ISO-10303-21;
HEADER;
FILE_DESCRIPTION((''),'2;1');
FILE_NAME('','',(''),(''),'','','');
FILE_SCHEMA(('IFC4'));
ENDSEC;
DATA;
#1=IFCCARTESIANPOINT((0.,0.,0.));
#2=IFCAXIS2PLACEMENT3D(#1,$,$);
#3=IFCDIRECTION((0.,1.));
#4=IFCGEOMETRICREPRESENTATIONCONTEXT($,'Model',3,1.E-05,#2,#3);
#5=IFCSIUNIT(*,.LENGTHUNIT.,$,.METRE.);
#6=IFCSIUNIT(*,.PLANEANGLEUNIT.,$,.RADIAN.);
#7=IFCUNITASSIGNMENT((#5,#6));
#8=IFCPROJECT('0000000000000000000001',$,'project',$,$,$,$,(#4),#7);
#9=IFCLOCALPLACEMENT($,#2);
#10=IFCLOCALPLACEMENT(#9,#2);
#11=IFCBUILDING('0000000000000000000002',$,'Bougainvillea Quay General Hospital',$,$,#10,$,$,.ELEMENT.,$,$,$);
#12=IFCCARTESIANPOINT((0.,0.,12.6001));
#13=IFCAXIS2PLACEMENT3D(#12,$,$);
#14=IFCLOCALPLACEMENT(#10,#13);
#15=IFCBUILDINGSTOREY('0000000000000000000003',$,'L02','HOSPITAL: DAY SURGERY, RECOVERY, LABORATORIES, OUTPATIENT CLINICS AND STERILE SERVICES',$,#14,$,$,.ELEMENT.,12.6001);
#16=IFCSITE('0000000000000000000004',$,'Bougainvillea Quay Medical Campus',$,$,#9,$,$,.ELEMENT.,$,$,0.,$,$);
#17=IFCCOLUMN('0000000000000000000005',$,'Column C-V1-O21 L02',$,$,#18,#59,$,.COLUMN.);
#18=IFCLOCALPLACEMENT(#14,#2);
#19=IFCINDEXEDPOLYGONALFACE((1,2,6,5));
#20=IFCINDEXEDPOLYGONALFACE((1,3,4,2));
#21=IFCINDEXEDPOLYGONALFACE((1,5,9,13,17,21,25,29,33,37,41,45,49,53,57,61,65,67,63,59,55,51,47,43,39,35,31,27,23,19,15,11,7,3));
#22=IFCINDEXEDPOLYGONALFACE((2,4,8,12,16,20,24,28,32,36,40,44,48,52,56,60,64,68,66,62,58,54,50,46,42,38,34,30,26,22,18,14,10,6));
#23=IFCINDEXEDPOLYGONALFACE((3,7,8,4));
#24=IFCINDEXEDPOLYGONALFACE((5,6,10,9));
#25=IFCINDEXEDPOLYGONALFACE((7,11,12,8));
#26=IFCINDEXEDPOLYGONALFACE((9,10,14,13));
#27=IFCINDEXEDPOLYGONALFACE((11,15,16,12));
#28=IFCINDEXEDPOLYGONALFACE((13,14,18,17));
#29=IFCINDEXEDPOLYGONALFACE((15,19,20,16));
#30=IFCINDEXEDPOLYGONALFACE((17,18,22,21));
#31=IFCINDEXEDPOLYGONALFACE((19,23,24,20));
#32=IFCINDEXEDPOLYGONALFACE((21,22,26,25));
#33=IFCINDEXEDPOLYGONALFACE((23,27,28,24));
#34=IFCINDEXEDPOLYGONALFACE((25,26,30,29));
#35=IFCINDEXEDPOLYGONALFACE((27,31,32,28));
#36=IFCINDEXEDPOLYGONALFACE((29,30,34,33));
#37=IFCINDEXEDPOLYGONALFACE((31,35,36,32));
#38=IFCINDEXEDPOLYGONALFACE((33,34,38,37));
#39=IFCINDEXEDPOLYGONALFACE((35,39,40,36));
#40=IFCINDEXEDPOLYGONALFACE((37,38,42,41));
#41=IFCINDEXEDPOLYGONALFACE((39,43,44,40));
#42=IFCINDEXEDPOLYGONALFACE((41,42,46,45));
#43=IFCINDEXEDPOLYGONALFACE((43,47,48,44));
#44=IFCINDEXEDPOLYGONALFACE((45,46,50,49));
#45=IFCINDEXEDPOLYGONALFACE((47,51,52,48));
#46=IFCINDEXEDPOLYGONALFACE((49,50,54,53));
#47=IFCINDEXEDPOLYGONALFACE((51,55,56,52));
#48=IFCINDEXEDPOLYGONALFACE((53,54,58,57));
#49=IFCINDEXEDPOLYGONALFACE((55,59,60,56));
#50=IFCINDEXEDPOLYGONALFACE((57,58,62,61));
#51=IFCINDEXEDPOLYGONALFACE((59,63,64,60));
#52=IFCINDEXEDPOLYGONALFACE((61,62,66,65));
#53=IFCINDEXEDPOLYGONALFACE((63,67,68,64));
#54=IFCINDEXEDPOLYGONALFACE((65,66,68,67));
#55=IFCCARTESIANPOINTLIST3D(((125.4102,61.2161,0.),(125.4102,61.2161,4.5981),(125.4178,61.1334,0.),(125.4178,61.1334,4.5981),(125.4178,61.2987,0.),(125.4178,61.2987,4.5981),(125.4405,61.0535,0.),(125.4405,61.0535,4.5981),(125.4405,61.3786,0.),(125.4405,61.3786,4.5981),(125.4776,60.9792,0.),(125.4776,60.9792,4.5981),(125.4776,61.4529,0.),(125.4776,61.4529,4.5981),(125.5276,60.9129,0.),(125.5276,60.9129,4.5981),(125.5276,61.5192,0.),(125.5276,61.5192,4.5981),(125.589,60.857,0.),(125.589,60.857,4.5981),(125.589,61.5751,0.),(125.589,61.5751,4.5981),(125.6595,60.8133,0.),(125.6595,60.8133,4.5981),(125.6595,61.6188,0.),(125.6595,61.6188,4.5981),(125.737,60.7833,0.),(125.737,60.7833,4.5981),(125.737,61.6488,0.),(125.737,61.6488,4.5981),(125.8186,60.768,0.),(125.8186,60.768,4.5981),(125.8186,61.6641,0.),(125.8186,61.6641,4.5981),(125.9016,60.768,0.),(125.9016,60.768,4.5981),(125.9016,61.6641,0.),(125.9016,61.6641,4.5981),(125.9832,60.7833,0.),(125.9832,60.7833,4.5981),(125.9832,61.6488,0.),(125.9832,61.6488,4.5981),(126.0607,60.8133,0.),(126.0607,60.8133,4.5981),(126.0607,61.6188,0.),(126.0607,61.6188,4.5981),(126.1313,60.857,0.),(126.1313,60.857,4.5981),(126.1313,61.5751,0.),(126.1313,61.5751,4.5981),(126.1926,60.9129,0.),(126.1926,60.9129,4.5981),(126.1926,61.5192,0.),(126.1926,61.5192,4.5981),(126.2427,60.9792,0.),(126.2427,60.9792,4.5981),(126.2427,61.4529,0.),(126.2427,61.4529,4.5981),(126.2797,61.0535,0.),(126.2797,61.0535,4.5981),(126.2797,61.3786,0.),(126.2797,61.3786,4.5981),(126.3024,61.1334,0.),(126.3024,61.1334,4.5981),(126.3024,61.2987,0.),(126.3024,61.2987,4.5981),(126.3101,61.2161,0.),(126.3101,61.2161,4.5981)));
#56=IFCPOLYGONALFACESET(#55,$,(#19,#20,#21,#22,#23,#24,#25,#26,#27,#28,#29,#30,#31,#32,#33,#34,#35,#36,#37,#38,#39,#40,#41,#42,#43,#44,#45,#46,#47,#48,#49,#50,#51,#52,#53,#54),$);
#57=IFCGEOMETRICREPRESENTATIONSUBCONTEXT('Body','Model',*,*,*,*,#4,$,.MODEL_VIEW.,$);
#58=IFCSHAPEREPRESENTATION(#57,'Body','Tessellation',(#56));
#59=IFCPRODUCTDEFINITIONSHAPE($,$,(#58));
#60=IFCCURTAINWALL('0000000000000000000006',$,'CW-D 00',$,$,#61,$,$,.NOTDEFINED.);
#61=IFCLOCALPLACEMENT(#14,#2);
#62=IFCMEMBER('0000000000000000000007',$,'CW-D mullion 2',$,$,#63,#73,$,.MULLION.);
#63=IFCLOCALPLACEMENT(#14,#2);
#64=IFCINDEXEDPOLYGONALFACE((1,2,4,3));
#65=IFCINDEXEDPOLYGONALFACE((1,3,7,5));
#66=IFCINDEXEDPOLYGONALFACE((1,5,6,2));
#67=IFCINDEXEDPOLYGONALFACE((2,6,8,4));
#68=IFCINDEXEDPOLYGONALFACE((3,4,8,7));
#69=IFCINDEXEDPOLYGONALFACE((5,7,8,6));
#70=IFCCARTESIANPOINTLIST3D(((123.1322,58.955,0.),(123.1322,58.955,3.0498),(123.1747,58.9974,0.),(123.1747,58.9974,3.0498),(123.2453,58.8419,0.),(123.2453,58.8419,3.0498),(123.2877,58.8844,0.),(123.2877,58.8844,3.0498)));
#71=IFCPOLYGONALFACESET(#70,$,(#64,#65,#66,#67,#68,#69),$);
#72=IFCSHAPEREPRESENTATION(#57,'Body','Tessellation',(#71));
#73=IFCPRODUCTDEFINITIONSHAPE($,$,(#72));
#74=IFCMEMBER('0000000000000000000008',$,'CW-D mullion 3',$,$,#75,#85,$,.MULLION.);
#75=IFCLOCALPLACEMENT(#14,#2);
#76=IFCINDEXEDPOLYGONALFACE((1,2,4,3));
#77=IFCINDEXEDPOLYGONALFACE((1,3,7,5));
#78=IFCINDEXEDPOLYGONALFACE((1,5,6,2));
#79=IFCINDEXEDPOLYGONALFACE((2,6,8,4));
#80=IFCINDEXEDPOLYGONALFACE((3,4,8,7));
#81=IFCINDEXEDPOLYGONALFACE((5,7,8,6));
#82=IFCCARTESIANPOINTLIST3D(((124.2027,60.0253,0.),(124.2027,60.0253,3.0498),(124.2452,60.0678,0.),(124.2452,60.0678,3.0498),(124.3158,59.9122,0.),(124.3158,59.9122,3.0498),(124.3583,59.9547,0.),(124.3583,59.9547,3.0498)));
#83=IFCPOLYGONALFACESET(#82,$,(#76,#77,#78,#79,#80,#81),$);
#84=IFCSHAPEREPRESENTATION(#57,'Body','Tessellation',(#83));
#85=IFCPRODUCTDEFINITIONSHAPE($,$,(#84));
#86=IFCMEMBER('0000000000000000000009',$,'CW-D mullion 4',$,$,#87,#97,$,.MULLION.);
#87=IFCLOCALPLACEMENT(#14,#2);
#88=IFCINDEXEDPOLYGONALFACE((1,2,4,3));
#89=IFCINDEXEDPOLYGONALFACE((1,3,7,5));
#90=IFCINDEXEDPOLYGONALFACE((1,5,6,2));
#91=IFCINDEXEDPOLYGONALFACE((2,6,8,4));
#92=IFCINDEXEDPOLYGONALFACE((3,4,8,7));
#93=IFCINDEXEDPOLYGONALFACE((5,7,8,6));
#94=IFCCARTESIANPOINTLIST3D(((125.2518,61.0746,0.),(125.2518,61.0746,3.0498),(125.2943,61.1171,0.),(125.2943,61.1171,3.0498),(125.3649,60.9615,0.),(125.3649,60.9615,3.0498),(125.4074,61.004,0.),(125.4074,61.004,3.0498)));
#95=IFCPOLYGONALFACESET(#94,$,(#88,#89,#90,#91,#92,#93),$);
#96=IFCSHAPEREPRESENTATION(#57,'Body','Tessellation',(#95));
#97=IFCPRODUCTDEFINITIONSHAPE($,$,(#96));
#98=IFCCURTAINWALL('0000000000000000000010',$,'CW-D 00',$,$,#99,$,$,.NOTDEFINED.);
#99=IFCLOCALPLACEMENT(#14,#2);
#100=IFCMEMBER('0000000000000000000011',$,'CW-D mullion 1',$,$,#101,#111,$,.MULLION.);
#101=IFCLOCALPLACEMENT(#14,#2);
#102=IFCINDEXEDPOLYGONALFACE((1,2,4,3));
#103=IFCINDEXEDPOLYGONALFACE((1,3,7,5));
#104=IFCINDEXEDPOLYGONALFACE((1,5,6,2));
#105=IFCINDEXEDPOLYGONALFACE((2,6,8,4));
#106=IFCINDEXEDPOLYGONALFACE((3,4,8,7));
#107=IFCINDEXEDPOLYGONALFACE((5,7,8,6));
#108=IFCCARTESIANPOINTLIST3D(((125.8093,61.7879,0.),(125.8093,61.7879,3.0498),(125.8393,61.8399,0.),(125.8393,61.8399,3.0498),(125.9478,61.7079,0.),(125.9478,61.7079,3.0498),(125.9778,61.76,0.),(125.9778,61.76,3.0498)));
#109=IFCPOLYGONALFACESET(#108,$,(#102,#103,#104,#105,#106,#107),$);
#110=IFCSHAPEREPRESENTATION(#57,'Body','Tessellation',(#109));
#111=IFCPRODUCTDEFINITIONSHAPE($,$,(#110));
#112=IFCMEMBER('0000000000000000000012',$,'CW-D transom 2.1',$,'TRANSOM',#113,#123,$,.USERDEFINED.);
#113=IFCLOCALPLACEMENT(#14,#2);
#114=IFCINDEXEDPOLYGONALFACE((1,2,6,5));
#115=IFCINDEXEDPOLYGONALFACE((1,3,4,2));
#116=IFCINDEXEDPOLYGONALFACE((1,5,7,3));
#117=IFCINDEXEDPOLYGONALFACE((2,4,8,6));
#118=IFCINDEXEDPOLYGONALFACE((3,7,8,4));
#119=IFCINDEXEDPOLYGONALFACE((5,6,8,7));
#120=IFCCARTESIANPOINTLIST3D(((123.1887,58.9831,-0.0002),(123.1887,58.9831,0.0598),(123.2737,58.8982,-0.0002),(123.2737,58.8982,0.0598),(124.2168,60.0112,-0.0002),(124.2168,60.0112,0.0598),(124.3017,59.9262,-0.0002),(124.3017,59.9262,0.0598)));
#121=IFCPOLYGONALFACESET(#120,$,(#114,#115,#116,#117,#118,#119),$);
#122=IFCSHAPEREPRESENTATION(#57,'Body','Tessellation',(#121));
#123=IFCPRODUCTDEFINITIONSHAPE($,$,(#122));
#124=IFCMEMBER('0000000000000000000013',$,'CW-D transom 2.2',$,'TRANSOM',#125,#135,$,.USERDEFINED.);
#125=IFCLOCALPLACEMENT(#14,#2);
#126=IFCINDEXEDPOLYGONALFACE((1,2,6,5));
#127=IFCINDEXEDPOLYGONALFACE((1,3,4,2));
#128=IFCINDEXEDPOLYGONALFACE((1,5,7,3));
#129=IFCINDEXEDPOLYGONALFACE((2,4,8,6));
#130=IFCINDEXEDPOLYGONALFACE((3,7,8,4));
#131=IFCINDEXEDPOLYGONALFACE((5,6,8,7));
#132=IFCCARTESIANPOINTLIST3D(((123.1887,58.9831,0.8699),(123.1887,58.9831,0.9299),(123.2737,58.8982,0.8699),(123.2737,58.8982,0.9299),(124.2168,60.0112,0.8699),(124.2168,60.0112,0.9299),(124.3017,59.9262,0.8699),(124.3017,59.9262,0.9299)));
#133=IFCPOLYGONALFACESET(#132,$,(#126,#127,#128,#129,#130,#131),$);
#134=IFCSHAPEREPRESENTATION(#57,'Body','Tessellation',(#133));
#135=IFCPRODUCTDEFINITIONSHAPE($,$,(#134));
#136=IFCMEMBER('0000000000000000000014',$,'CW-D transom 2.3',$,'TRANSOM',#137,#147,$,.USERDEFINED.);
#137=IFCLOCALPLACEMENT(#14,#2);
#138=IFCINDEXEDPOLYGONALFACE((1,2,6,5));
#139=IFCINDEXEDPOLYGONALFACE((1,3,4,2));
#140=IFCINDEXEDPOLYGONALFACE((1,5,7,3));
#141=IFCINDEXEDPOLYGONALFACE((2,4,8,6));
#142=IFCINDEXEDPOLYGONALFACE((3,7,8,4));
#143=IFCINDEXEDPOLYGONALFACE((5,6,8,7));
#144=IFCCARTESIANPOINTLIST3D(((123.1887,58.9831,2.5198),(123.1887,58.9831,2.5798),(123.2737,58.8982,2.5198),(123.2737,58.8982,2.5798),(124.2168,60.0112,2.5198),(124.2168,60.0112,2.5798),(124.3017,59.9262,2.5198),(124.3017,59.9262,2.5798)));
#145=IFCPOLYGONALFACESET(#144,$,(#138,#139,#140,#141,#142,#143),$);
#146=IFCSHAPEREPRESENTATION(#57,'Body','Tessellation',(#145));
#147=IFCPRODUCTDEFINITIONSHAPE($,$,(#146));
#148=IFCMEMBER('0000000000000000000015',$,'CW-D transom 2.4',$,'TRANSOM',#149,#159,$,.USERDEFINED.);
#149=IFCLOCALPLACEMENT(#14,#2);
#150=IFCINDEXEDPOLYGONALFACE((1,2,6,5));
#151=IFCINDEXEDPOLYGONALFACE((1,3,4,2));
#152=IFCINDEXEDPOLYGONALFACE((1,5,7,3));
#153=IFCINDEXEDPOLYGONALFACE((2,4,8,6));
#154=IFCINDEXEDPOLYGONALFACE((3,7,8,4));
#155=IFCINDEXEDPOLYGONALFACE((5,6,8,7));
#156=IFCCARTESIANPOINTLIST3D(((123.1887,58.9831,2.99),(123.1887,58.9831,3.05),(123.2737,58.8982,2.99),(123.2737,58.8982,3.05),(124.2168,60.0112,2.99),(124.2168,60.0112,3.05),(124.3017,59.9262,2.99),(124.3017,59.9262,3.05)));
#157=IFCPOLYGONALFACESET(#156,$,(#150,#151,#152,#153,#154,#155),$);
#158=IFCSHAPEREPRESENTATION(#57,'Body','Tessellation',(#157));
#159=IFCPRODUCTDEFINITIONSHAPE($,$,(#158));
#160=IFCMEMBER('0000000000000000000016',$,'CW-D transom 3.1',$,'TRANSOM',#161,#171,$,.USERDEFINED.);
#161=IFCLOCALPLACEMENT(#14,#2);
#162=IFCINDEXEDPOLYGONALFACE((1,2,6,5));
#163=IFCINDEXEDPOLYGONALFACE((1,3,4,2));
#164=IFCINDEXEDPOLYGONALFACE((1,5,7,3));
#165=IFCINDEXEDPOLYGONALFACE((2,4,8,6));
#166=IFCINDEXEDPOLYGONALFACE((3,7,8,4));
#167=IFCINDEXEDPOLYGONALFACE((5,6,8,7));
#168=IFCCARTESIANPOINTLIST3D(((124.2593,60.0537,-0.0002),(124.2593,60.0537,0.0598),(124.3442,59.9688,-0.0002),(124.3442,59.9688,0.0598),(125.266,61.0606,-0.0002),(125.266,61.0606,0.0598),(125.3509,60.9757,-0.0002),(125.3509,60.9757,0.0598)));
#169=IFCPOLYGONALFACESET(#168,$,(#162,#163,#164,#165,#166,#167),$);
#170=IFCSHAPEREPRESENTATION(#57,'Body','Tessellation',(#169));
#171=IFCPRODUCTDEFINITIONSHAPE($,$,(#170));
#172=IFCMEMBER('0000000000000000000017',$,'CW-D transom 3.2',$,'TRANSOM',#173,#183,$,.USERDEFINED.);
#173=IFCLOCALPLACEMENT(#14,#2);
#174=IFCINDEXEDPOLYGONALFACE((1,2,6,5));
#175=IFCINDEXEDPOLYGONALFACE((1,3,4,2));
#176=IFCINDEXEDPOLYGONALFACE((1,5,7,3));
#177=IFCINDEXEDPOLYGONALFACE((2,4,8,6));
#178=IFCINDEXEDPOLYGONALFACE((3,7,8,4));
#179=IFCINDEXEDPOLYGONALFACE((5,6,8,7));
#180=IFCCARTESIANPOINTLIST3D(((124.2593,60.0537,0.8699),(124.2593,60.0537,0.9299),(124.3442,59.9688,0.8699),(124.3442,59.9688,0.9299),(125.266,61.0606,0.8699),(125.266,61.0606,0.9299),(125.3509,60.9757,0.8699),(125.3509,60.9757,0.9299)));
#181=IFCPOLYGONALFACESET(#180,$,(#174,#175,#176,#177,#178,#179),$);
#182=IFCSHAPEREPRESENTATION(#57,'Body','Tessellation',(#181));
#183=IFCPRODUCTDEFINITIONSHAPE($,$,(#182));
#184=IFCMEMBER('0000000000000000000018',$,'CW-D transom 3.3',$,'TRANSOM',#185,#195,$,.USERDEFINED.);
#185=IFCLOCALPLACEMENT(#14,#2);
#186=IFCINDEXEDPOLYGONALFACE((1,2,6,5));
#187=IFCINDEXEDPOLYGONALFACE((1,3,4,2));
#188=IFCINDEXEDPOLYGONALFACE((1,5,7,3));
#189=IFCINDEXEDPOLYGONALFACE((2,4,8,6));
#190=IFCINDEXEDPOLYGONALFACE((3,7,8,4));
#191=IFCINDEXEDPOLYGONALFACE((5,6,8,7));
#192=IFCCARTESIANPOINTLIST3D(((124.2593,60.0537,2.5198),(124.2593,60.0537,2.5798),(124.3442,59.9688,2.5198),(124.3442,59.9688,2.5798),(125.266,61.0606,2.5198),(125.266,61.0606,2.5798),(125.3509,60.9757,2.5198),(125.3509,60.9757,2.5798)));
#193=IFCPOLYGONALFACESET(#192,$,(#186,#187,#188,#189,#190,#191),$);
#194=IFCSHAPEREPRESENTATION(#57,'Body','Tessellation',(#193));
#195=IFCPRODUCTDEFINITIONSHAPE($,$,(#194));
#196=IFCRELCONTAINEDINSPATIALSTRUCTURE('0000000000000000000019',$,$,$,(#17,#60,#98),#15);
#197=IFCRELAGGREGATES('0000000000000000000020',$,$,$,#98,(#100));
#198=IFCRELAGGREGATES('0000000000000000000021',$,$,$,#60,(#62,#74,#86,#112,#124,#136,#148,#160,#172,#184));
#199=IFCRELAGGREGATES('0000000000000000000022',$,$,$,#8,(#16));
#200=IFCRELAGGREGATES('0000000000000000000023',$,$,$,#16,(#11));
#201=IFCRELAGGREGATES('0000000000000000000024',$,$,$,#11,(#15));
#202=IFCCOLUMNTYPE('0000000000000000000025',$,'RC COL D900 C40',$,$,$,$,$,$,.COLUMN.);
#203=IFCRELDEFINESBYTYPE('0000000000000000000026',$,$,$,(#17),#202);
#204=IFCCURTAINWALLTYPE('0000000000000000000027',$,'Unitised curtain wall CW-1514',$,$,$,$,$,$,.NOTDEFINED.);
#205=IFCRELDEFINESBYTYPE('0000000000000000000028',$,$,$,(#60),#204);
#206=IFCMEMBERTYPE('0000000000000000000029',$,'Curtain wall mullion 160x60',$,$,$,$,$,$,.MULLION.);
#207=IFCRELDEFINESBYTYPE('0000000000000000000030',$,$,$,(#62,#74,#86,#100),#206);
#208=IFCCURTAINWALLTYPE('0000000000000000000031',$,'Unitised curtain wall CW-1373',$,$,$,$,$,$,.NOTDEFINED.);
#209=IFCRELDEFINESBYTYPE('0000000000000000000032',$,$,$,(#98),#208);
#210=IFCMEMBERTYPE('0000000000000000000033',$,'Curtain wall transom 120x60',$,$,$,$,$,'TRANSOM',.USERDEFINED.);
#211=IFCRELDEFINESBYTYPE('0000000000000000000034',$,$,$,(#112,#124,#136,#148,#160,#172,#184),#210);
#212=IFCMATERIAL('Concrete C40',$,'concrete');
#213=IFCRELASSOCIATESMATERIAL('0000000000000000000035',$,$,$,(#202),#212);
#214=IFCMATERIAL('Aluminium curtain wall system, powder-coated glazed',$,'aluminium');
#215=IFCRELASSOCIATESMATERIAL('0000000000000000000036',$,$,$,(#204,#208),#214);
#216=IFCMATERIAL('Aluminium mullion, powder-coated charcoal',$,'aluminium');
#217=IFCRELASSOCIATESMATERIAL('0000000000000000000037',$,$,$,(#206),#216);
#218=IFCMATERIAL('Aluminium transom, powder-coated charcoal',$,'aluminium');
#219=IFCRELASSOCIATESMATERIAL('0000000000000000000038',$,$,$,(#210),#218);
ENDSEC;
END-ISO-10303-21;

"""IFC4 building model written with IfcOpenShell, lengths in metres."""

from ifc_helpers import new_model, si_unit, direction, frame, origin, origin_2d, place, context, subcontext, project, spatial, rectangle, circle, extrude, material, material_profile, profile_set, type_object, element, aggregate, save


model = new_model("IFC4")

# Units and contexts
model_context = context("Model", 3, precision=1e-05, world=origin(), true_north=direction((0.0, 1.0)))
body_context = subcontext(model_context, "Body", "Model", "MODEL_VIEW")
ifc_project = project(units=[si_unit("LENGTHUNIT", "METRE"), si_unit("PLANEANGLEUNIT", "RADIAN")], contexts=[model_context])

# Site, building, storey
site_placement = place(None, origin())
site = spatial("IfcSite", under=ifc_project, at=site_placement, Name="Bougainvillea Quay Medical Campus", CompositionType="ELEMENT", RefElevation=0.0)
building_placement = place(site_placement, origin())
building = spatial("IfcBuilding", under=site, at=building_placement, Name="Bougainvillea Quay General Hospital", CompositionType="ELEMENT")
storey_placement = place(building_placement, frame((0.0, 0.0, 12.6001)))
storey = spatial("IfcBuildingStorey", under=building, at=storey_placement, Name="L02", Description="HOSPITAL: DAY SURGERY, RECOVERY, LABORATORIES, OUTPATIENT CLINICS AND STERILE SERVICES", CompositionType="ELEMENT", Elevation=12.6001)

# Column
ifc_material_1 = material(Name="Concrete C40", Category="concrete")
ifc_material_profile_1 = material_profile(ifc_material_1, circle(Radius=0.45, at=origin_2d()))
ifc_profile_set_1 = profile_set([ifc_material_profile_1], Name="Concrete C40")
column_type = type_object("IfcColumnType", Name="RC COL D900 C40", PredefinedType="COLUMN", material=ifc_profile_set_1)
column_placement = place(storey_placement, frame((125.8601, 61.2161, 0.0), z_axis=(0.0, 0.0, 1.0), x_axis=(1.0, 0.0, 0.0)))
element("IfcColumn", 1, at=column_placement, inside=storey, type_object=column_type, Name="Column C-V1-O21 L02", PredefinedType="COLUMN", context=body_context, shape_type="SweptSolid", body=[
    extrude(circle(Radius=0.45, at=origin_2d()), origin(), (0.0, 0.0, 1.0), 4.5981),
])

# Curtain wall, members
ifc_material_2 = material(Name="Aluminium curtain wall system, powder-coated glazed", Category="aluminium")
curtain_wall_type_1 = type_object("IfcCurtainWallType", Name="Unitised curtain wall CW-1514", PredefinedType="NOTDEFINED", material=ifc_material_2)
curtain_wall_1_placement = place(storey_placement, origin())
curtain_wall_1 = element("IfcCurtainWall", 2, at=curtain_wall_1_placement, inside=storey, type_object=curtain_wall_type_1, Name="CW-D 00", PredefinedType="NOTDEFINED")
ifc_material_3 = material(Name="Aluminium mullion, powder-coated charcoal", Category="aluminium")
ifc_material_profile_2 = material_profile(ifc_material_3, rectangle(XDim=0.1599, YDim=0.0601, at=origin_2d()))
ifc_profile_set_2 = profile_set([ifc_material_profile_2], Name="Aluminium mullion, powder-coated charcoal")
member_type_1 = type_object("IfcMemberType", Name="Curtain wall mullion 160x60", PredefinedType="MULLION", material=ifc_profile_set_2)
member_1_placement = place(storey_placement, frame((123.21, 58.9197, 0.0), z_axis=(0.0, 0.0, 1.0), x_axis=(-0.707107, 0.707107, 0.0)))
member_1 = element("IfcMember", 3, at=member_1_placement, type_object=member_type_1, Name="CW-D mullion 2", PredefinedType="MULLION", context=body_context, shape_type="SweptSolid", body=[
    extrude(rectangle(XDim=0.1599, YDim=0.0601, at=origin_2d()), origin(), (0.0, 0.0, 1.0), 3.0498),
])
member_2_placement = place(storey_placement, frame((124.2805, 59.99, 0.0), z_axis=(0.0, 0.0, 1.0), x_axis=(-0.707107, 0.707107, 0.0)))
member_2 = element("IfcMember", 4, at=member_2_placement, type_object=member_type_1, Name="CW-D mullion 3", PredefinedType="MULLION", context=body_context, shape_type="SweptSolid", body=[
    extrude(rectangle(XDim=0.1599, YDim=0.0601, at=origin_2d()), origin(), (0.0, 0.0, 1.0), 3.0498),
])
member_3_placement = place(storey_placement, frame((125.3296, 61.0393, 0.0), z_axis=(0.0, 0.0, 1.0), x_axis=(-0.707107, 0.707107, 0.0)))
member_3 = element("IfcMember", 5, at=member_3_placement, type_object=member_type_1, Name="CW-D mullion 4", PredefinedType="MULLION", context=body_context, shape_type="SweptSolid", body=[
    extrude(rectangle(XDim=0.1599, YDim=0.0601, at=origin_2d()), origin(), (0.0, 0.0, 1.0), 3.0498),
])

# Curtain wall, member
curtain_wall_type_2 = type_object("IfcCurtainWallType", Name="Unitised curtain wall CW-1373", PredefinedType="NOTDEFINED", material=ifc_material_2)
curtain_wall_2_placement = place(storey_placement, origin())
curtain_wall_2 = element("IfcCurtainWall", 6, at=curtain_wall_2_placement, inside=storey, type_object=curtain_wall_type_2, Name="CW-D 00", PredefinedType="NOTDEFINED")
member_4_placement = place(storey_placement, frame((125.8936, 61.7739, 0.0), z_axis=(0.0, 0.0, 1.0), x_axis=(-0.866048, 0.499962, 0.0)))
member_4 = element("IfcMember", 7, at=member_4_placement, type_object=member_type_1, Name="CW-D mullion 1", PredefinedType="MULLION", context=body_context, shape_type="SweptSolid", body=[
    extrude(rectangle(XDim=0.1599, YDim=0.0601, at=origin_2d()), origin(), (0.0, 0.0, 1.0), 3.0498),
])

# Members
ifc_material_4 = material(Name="Aluminium transom, powder-coated charcoal", Category="aluminium")
ifc_material_profile_3 = material_profile(ifc_material_4, rectangle(XDim=0.1201, YDim=0.0601, at=origin_2d()))
ifc_profile_set_3 = profile_set([ifc_material_profile_3], Name="Aluminium transom, powder-coated charcoal")
member_type_2 = type_object("IfcMemberType", Name="Curtain wall transom 120x60", ElementType="TRANSOM", PredefinedType="USERDEFINED", material=ifc_profile_set_3)
member_5_placement = place(storey_placement, frame((123.2312, 58.9407, 0.0298), z_axis=(0.707107, 0.707107, 0.0), x_axis=(-0.707107, 0.707107, 0.0)))
member_5 = element("IfcMember", 8, at=member_5_placement, type_object=member_type_2, Name="CW-D transom 2.1", ObjectType="TRANSOM", PredefinedType="USERDEFINED", context=body_context, shape_type="SweptSolid", body=[
    extrude(rectangle(XDim=0.1201, YDim=0.0601, at=origin_2d()), origin(), (0.0, 0.0, 1.0), 1.4539),
])
member_6_placement = place(storey_placement, frame((123.2312, 58.9407, 0.8999), z_axis=(0.707107, 0.707107, 0.0), x_axis=(-0.707107, 0.707107, 0.0)))
member_6 = element("IfcMember", 9, at=member_6_placement, type_object=member_type_2, Name="CW-D transom 2.2", ObjectType="TRANSOM", PredefinedType="USERDEFINED", context=body_context, shape_type="SweptSolid", body=[
    extrude(rectangle(XDim=0.1201, YDim=0.0601, at=origin_2d()), origin(), (0.0, 0.0, 1.0), 1.4539),
])
member_7_placement = place(storey_placement, frame((123.2312, 58.9407, 2.5498), z_axis=(0.707107, 0.707107, 0.0), x_axis=(-0.707107, 0.707107, 0.0)))
member_7 = element("IfcMember", 10, at=member_7_placement, type_object=member_type_2, Name="CW-D transom 2.3", ObjectType="TRANSOM", PredefinedType="USERDEFINED", context=body_context, shape_type="SweptSolid", body=[
    extrude(rectangle(XDim=0.1201, YDim=0.0601, at=origin_2d()), origin(), (0.0, 0.0, 1.0), 1.4539),
])
member_8_placement = place(storey_placement, frame((123.2312, 58.9407, 3.02), z_axis=(0.707107, 0.707107, 0.0), x_axis=(-0.707107, 0.707107, 0.0)))
member_8 = element("IfcMember", 11, at=member_8_placement, type_object=member_type_2, Name="CW-D transom 2.4", ObjectType="TRANSOM", PredefinedType="USERDEFINED", context=body_context, shape_type="SweptSolid", body=[
    extrude(rectangle(XDim=0.1201, YDim=0.0601, at=origin_2d()), origin(), (0.0, 0.0, 1.0), 1.4539),
])
member_9_placement = place(storey_placement, frame((124.3018, 60.0112, 0.0298), z_axis=(0.707021, 0.707193, 0.0), x_axis=(-0.707193, 0.707021, 0.0)))
member_9 = element("IfcMember", 12, at=member_9_placement, type_object=member_type_2, Name="CW-D transom 3.1", ObjectType="TRANSOM", PredefinedType="USERDEFINED", context=body_context, shape_type="SweptSolid", body=[
    extrude(rectangle(XDim=0.1201, YDim=0.0601, at=origin_2d()), origin(), (0.0, 0.0, 1.0), 1.4238),
])
member_10_placement = place(storey_placement, frame((124.3018, 60.0112, 0.8999), z_axis=(0.707021, 0.707193, 0.0), x_axis=(-0.707193, 0.707021, 0.0)))
member_10 = element("IfcMember", 13, at=member_10_placement, type_object=member_type_2, Name="CW-D transom 3.2", ObjectType="TRANSOM", PredefinedType="USERDEFINED", context=body_context, shape_type="SweptSolid", body=[
    extrude(rectangle(XDim=0.1201, YDim=0.0601, at=origin_2d()), origin(), (0.0, 0.0, 1.0), 1.4238),
])
member_11_placement = place(storey_placement, frame((124.3018, 60.0112, 2.5498), z_axis=(0.707021, 0.707193, 0.0), x_axis=(-0.707193, 0.707021, 0.0)))
member_11 = element("IfcMember", 14, at=member_11_placement, type_object=member_type_2, Name="CW-D transom 3.3", ObjectType="TRANSOM", PredefinedType="USERDEFINED", context=body_context, shape_type="SweptSolid", body=[
    extrude(rectangle(XDim=0.1201, YDim=0.0601, at=origin_2d()), origin(), (0.0, 0.0, 1.0), 1.4238),
])
aggregate(curtain_wall_2, [member_4])

aggregate(curtain_wall_1, [member_1, member_2, member_3, member_5, member_6, member_7, member_8, member_9, member_10, member_11])

save(model, "model.ifc")
